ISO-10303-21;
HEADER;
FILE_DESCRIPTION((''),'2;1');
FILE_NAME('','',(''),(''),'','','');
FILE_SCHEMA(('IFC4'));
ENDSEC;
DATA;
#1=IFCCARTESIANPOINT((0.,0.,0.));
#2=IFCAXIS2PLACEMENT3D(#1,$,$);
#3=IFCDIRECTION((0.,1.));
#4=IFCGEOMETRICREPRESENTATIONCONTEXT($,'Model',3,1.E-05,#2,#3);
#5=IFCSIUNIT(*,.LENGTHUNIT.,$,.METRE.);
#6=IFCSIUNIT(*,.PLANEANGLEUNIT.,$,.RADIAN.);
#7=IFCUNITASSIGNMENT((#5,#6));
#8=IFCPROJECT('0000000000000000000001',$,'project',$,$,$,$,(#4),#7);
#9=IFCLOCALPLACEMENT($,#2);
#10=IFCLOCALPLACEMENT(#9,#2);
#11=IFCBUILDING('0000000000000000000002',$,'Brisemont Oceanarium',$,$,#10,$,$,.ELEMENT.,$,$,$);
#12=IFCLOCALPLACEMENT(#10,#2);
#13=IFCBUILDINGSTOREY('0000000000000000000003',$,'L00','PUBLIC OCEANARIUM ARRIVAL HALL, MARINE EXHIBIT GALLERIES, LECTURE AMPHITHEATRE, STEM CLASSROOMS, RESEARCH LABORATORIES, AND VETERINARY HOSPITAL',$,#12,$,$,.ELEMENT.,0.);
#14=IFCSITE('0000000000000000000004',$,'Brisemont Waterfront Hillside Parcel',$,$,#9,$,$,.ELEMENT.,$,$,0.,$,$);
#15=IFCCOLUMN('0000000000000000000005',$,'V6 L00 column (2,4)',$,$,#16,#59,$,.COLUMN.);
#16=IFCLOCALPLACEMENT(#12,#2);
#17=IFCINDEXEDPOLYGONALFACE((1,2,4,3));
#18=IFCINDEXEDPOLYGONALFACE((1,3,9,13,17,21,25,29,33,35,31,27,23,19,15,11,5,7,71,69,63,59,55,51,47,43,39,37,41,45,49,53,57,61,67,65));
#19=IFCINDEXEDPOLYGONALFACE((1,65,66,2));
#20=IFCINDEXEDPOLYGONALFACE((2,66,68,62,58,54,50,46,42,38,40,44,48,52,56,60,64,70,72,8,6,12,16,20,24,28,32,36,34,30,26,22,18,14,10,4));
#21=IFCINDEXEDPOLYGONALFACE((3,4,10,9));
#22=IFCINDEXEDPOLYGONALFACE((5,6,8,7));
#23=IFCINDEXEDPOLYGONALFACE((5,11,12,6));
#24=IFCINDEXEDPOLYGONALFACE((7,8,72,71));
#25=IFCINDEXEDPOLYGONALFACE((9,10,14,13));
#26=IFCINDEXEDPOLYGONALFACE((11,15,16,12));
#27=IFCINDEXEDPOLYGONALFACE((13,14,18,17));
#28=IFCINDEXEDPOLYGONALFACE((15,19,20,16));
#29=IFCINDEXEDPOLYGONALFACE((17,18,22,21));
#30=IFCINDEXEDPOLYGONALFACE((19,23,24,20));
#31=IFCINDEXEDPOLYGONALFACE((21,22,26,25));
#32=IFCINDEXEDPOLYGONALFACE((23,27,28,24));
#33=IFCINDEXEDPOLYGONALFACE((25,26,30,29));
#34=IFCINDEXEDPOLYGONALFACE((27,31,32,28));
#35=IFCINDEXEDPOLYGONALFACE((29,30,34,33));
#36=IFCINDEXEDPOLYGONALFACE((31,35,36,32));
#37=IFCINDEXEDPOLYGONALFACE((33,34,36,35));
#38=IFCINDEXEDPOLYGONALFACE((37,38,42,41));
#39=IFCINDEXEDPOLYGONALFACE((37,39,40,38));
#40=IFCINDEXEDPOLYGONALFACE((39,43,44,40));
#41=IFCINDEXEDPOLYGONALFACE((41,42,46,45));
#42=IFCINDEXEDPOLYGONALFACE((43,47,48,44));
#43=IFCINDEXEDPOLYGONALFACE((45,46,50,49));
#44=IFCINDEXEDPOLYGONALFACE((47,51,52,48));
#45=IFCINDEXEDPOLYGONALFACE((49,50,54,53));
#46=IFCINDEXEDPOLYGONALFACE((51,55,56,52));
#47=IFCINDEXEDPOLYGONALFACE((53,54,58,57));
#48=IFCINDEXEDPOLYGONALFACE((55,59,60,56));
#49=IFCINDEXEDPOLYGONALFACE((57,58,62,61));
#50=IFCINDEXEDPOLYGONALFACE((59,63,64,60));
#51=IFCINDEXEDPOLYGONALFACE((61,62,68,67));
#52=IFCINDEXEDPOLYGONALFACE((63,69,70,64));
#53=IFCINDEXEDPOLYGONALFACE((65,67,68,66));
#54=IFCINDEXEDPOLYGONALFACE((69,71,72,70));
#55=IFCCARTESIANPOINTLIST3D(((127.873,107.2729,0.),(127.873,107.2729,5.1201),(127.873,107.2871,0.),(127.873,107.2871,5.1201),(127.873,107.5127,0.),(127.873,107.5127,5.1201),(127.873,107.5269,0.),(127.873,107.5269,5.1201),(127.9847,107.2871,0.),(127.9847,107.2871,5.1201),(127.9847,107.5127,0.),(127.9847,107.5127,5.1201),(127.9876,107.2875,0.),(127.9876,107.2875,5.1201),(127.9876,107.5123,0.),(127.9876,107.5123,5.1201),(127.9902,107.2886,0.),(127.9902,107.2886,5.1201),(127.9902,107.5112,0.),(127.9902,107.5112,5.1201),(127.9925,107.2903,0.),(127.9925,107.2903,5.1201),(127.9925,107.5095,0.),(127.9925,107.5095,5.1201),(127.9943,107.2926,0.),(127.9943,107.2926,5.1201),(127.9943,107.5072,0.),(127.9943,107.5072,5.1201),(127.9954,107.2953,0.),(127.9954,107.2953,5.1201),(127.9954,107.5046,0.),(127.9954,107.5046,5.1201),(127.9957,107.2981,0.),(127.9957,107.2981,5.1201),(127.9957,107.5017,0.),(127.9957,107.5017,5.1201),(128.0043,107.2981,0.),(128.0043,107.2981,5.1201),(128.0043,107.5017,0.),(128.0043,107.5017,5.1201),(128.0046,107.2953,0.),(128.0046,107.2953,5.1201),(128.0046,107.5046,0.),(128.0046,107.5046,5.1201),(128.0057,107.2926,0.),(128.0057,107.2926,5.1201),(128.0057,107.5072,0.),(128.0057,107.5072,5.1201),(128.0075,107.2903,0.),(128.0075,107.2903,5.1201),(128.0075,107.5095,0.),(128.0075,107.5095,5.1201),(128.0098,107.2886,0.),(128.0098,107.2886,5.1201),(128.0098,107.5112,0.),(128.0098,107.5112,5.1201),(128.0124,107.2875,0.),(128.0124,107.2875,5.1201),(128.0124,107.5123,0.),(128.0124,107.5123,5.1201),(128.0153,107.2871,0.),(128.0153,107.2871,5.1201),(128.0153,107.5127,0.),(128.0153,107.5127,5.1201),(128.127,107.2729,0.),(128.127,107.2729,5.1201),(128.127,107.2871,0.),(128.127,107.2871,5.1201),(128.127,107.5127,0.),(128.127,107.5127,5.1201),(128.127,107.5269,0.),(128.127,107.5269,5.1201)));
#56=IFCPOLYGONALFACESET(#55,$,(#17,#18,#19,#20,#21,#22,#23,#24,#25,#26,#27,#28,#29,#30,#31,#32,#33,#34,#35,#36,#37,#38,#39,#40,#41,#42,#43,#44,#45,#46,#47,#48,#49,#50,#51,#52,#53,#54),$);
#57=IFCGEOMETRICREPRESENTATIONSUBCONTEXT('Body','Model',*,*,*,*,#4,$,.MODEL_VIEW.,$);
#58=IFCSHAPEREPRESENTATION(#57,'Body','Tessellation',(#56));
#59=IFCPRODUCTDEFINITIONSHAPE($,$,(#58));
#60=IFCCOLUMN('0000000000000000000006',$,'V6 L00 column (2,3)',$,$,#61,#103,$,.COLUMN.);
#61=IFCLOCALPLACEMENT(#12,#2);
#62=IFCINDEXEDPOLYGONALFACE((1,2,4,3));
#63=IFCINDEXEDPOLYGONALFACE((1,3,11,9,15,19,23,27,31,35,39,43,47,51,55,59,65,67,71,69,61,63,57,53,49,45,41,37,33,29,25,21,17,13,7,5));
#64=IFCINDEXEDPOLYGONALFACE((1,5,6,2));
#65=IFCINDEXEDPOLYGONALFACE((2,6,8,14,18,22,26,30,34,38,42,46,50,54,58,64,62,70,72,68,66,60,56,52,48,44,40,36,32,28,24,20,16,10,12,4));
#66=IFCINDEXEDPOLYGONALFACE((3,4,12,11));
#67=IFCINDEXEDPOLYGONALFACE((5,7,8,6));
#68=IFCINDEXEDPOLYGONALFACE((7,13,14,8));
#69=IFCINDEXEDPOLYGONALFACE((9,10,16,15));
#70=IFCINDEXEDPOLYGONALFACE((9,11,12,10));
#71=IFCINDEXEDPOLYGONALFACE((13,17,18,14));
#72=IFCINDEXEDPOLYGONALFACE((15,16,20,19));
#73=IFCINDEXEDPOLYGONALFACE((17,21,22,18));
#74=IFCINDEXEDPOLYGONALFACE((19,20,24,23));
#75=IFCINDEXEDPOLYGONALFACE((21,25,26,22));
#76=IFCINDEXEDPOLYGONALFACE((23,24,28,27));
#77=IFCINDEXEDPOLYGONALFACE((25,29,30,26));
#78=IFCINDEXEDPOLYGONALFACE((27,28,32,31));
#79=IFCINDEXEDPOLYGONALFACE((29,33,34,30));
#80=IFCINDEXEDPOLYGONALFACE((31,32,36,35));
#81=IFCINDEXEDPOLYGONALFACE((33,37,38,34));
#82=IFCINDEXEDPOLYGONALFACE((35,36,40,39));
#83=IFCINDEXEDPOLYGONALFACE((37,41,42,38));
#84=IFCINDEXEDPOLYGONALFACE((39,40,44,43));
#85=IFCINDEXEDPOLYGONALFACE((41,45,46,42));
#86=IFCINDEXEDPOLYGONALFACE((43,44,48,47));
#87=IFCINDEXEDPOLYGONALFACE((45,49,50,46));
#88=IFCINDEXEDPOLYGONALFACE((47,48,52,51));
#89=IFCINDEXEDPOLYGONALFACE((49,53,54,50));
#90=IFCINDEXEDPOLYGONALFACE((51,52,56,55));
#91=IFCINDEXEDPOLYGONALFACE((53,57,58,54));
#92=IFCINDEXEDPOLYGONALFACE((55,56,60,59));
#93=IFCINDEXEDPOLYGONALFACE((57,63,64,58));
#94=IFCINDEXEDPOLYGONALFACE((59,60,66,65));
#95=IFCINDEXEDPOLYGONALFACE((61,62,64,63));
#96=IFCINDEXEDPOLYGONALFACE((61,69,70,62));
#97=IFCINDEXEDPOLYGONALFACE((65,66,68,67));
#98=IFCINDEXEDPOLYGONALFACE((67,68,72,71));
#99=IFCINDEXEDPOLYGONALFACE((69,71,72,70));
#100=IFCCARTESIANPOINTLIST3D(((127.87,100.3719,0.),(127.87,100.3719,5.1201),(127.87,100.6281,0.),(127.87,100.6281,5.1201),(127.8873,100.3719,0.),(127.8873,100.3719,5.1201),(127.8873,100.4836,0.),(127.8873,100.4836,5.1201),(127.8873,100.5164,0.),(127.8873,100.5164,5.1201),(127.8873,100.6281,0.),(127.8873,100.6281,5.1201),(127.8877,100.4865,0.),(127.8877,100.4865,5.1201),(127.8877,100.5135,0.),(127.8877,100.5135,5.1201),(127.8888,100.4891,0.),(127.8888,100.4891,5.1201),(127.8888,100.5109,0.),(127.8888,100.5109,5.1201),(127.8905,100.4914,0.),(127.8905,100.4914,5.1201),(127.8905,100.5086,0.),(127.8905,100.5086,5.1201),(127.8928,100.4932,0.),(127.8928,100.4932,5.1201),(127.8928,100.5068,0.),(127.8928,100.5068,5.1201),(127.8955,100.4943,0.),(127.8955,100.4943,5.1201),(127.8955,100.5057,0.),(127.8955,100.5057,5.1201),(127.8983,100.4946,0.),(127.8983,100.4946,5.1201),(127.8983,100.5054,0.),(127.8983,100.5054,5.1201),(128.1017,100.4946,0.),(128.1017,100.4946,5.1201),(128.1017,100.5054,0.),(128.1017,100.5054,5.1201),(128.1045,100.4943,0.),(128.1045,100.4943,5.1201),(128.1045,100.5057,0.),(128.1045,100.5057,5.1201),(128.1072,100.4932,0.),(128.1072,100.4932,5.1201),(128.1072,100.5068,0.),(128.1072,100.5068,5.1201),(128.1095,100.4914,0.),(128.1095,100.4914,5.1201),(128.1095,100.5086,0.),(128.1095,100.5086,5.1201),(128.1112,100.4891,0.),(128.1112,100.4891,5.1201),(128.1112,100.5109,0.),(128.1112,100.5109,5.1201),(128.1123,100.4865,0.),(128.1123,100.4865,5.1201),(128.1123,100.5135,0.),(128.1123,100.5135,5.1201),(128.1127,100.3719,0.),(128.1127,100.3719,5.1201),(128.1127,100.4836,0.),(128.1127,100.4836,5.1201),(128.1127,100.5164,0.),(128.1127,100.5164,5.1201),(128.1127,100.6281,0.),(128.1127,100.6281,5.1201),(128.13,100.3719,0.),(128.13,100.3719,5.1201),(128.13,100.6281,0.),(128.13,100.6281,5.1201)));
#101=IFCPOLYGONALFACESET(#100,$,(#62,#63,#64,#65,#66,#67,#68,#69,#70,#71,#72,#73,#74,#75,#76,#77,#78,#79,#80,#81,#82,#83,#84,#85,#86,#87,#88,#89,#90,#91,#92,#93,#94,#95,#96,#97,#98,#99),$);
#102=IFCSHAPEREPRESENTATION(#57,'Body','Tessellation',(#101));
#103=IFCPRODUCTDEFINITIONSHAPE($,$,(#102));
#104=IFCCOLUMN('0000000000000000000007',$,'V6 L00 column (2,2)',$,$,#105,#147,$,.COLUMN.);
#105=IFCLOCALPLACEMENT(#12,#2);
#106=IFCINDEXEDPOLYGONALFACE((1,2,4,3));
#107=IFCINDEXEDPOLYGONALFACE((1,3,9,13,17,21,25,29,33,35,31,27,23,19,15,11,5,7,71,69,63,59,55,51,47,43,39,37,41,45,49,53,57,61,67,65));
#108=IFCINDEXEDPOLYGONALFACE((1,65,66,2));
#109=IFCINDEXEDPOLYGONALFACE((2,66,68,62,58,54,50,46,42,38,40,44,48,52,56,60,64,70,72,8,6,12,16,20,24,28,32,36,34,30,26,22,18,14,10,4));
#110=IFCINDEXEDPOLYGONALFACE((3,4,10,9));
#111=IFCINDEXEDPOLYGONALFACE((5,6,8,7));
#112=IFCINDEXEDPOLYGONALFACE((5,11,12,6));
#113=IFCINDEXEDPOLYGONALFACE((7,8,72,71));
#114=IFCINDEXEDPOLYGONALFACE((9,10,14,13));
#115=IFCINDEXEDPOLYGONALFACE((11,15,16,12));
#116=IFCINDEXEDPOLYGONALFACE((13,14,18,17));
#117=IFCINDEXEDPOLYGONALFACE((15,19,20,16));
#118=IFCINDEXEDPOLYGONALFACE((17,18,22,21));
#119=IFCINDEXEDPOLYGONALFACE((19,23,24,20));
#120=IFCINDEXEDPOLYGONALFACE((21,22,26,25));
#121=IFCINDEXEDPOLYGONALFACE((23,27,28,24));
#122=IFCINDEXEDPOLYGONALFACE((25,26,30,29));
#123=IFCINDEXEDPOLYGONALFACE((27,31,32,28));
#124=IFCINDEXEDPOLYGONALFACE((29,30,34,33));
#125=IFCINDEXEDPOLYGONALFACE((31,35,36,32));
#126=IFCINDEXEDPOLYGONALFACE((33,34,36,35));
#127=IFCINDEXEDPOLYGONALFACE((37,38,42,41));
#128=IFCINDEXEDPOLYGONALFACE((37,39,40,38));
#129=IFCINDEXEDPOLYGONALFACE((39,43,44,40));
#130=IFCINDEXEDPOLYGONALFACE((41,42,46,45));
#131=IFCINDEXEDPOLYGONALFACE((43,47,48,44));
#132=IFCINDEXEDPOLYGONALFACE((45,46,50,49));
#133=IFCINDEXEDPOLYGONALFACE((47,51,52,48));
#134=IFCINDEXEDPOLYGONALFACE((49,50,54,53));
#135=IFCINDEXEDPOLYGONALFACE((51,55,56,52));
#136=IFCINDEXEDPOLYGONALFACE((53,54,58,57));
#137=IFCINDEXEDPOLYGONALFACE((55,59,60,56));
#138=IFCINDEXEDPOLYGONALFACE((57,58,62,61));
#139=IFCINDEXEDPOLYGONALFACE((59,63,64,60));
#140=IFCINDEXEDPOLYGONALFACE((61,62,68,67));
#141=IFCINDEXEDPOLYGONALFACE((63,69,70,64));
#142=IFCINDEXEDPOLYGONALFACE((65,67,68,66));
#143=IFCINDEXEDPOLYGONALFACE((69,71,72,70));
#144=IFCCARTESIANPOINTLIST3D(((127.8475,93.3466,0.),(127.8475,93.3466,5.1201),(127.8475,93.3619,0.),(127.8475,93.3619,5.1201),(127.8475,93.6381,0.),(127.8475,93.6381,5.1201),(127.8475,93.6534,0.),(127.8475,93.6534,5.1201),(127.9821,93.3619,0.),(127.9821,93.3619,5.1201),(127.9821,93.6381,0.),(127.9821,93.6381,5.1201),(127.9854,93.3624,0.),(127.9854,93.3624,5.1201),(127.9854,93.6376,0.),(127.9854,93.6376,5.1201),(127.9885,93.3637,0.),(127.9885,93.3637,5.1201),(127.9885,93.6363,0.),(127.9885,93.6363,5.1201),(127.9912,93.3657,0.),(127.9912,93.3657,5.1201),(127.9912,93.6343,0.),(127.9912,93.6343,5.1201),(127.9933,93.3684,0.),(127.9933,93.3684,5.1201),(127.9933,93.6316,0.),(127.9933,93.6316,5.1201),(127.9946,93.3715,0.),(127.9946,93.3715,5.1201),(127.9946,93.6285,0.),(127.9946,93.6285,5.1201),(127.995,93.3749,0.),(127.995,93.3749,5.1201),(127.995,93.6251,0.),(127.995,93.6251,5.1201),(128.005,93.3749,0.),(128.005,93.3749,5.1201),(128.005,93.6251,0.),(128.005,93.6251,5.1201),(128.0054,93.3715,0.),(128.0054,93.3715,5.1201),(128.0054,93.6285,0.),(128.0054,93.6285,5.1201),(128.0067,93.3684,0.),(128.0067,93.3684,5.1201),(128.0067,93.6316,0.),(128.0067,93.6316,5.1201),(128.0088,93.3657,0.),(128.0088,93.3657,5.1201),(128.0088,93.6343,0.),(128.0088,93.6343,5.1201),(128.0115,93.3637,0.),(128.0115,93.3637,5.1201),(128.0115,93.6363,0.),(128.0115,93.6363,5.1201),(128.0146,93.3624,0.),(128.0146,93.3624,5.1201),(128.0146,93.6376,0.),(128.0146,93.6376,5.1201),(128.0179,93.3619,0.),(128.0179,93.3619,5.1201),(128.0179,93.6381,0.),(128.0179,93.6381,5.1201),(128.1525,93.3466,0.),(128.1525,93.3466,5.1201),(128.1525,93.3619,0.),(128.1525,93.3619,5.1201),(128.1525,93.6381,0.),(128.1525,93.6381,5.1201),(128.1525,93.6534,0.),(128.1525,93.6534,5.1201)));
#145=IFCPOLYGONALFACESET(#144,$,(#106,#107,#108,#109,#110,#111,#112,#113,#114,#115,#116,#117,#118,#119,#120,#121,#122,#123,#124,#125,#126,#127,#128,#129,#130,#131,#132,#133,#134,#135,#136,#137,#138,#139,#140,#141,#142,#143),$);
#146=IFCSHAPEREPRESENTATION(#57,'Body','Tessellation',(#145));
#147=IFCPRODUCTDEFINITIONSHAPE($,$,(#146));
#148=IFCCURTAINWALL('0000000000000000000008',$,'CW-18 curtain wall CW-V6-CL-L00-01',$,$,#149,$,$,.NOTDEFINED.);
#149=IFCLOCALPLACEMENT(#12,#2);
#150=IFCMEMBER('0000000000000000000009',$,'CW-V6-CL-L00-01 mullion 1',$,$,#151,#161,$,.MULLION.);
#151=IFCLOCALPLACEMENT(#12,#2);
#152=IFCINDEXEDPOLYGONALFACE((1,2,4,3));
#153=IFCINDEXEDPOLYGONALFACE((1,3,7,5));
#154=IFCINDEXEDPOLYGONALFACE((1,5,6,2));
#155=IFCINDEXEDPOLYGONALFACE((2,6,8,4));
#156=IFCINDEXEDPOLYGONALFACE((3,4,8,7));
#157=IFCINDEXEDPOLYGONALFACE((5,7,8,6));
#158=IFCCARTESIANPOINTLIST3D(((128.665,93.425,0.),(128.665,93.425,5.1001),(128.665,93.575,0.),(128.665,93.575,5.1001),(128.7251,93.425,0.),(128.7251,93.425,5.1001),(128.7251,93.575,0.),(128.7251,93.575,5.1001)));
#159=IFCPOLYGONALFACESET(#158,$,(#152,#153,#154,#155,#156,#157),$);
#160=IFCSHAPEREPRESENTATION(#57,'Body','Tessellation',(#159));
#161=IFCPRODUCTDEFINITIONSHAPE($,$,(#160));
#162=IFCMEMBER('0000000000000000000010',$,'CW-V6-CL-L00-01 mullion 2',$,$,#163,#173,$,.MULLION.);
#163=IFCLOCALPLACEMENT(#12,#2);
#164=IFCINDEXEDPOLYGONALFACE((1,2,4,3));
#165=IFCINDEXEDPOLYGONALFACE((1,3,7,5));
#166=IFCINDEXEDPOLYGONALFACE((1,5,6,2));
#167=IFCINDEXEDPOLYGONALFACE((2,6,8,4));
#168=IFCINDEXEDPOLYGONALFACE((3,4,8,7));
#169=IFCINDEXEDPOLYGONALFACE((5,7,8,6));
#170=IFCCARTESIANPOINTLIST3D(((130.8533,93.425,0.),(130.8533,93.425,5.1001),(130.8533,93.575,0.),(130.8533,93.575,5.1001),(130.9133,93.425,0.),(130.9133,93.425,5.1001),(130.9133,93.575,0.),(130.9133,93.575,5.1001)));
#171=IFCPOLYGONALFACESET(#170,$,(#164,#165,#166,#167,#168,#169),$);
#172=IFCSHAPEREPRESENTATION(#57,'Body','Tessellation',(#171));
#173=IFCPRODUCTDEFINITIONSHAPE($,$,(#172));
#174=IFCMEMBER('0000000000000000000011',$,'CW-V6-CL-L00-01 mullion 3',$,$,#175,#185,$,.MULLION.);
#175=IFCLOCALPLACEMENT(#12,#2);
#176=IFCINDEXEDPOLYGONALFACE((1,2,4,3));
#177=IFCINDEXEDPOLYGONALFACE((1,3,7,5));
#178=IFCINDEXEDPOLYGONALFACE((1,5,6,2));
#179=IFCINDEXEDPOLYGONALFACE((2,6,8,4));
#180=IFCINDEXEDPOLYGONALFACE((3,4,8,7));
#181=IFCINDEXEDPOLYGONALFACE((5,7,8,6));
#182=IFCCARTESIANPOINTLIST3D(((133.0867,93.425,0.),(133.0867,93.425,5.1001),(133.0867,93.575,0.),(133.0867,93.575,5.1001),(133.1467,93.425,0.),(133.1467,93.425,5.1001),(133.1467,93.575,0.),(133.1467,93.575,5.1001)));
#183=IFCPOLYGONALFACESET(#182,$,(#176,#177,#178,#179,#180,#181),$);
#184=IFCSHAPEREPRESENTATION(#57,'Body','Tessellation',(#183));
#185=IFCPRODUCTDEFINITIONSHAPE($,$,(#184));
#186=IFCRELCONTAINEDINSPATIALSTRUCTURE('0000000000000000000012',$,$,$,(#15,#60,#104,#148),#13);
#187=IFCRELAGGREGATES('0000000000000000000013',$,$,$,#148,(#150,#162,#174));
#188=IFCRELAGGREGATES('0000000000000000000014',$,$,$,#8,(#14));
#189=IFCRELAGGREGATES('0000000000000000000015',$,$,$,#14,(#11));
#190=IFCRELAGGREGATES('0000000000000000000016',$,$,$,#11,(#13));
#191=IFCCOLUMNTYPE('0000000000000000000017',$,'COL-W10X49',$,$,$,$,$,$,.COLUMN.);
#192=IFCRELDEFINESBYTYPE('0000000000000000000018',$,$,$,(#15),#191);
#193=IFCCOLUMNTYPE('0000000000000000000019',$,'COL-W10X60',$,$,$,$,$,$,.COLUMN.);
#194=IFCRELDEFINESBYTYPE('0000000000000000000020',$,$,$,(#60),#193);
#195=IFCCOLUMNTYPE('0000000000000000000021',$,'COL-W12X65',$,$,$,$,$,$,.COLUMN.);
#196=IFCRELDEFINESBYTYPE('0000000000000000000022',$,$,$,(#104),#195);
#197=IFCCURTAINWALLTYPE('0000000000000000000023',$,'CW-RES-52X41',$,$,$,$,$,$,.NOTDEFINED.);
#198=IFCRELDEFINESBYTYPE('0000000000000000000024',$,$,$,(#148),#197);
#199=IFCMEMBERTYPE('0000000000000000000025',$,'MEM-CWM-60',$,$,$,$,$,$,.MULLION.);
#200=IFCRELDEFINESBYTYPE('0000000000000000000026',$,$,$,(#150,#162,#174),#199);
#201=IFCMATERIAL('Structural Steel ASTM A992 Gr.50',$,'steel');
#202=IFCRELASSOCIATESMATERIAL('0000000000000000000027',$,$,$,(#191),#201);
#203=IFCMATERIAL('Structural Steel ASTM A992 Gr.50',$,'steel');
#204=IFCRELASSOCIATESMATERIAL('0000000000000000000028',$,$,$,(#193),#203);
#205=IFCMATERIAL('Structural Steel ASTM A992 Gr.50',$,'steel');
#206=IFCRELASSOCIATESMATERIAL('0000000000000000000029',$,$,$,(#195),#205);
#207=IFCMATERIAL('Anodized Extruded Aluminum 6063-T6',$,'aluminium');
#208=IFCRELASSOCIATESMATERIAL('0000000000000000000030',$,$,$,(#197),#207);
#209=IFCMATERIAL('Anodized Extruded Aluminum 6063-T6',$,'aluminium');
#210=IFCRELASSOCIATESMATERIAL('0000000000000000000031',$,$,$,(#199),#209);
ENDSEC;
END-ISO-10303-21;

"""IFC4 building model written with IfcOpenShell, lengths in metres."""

from ifc_helpers import new_model, si_unit, direction, frame, origin, origin_2d, place, context, subcontext, project, spatial, rectangle, i_section, extrude, material, material_profile, profile_set, type_object, element, aggregate, save


model = new_model("IFC4")

# Units and contexts
model_context = context("Model", 3, precision=1e-05, world=origin(), true_north=direction((0.0, 1.0)))
body_context = subcontext(model_context, "Body", "Model", "MODEL_VIEW")
ifc_project = project(units=[si_unit("LENGTHUNIT", "METRE"), si_unit("PLANEANGLEUNIT", "RADIAN")], contexts=[model_context])

# Site, building, storey
site_placement = place(None, origin())
site = spatial("IfcSite", under=ifc_project, at=site_placement, Name="Brisemont Waterfront Hillside Parcel", CompositionType="ELEMENT", RefElevation=0.0)
building_placement = place(site_placement, origin())
building = spatial("IfcBuilding", under=site, at=building_placement, Name="Brisemont Oceanarium", CompositionType="ELEMENT")
storey_placement = place(building_placement, origin())
storey = spatial("IfcBuildingStorey", under=building, at=storey_placement, Name="L00", Description="PUBLIC OCEANARIUM ARRIVAL HALL, MARINE EXHIBIT GALLERIES, LECTURE AMPHITHEATRE, STEM CLASSROOMS, RESEARCH LABORATORIES, AND VETERINARY HOSPITAL", CompositionType="ELEMENT", Elevation=0.0)

# Columns
ifc_material_1 = material(Name="Structural Steel ASTM A992 Gr.50", Category="steel")
ifc_material_profile_1 = material_profile(ifc_material_1, i_section(OverallWidth=0.2539, OverallDepth=0.2539, WebThickness=0.0085, FlangeThickness=0.0142, FilletRadius=0.011, at=origin_2d()), Name="W10X49")
ifc_profile_set_1 = profile_set([ifc_material_profile_1], Name="Structural Steel ASTM A992 Gr.50")
column_type_1 = type_object("IfcColumnType", Name="COL-W10X49", PredefinedType="COLUMN", material=ifc_profile_set_1)
column_1_placement = place(storey_placement, frame((128.0, 107.3999, 0.0), z_axis=(0.0, 0.0, 1.0), x_axis=(1.0, 0.0, 0.0)))
element("IfcColumn", 1, at=column_1_placement, inside=storey, type_object=column_type_1, Name="V6 L00 column (2,4)", PredefinedType="COLUMN", context=body_context, shape_type="SweptSolid", body=[
    extrude(i_section(OverallWidth=0.2539, OverallDepth=0.2539, WebThickness=0.0085, FlangeThickness=0.0142, FilletRadius=0.011, at=origin_2d()), origin(), (0.0, 0.0, 1.0), 5.1201),
])
ifc_material_2 = material(Name="Structural Steel ASTM A992 Gr.50", Category="steel")
ifc_material_profile_2 = material_profile(ifc_material_2, i_section(OverallWidth=0.2561, OverallDepth=0.26, WebThickness=0.0107, FlangeThickness=0.0173, FilletRadius=0.011, at=origin_2d()), Name="W10X60")
ifc_profile_set_2 = profile_set([ifc_material_profile_2], Name="Structural Steel ASTM A992 Gr.50")
column_type_2 = type_object("IfcColumnType", Name="COL-W10X60", PredefinedType="COLUMN", material=ifc_profile_set_2)
column_2_placement = place(storey_placement, frame((128.0, 100.5, 0.0), z_axis=(0.0, 0.0, 1.0), x_axis=(0.0, 1.0, 0.0)))
element("IfcColumn", 2, at=column_2_placement, inside=storey, type_object=column_type_2, Name="V6 L00 column (2,3)", PredefinedType="COLUMN", context=body_context, shape_type="SweptSolid", body=[
    extrude(i_section(OverallWidth=0.2561, OverallDepth=0.26, WebThickness=0.0107, FlangeThickness=0.0173, FilletRadius=0.011, at=origin_2d()), origin(), (0.0, 0.0, 1.0), 5.1201),
])
ifc_material_3 = material(Name="Structural Steel ASTM A992 Gr.50", Category="steel")
ifc_material_profile_3 = material_profile(ifc_material_3, i_section(OverallWidth=0.3049, OverallDepth=0.3069, WebThickness=0.01, FlangeThickness=0.0154, FilletRadius=0.0129, at=origin_2d()), Name="W12X65")
ifc_profile_set_3 = profile_set([ifc_material_profile_3], Name="Structural Steel ASTM A992 Gr.50")
column_type_3 = type_object("IfcColumnType", Name="COL-W12X65", PredefinedType="COLUMN", material=ifc_profile_set_3)
column_3_placement = place(storey_placement, frame((128.0, 93.5, 0.0), z_axis=(0.0, 0.0, 1.0), x_axis=(1.0, 0.0, 0.0)))
element("IfcColumn", 3, at=column_3_placement, inside=storey, type_object=column_type_3, Name="V6 L00 column (2,2)", PredefinedType="COLUMN", context=body_context, shape_type="SweptSolid", body=[
    extrude(i_section(OverallWidth=0.3049, OverallDepth=0.3069, WebThickness=0.01, FlangeThickness=0.0154, FilletRadius=0.0129, at=origin_2d()), origin(), (0.0, 0.0, 1.0), 5.1201),
])

# Curtain wall, members
ifc_material_4 = material(Name="Anodized Extruded Aluminum 6063-T6", Category="aluminium")
curtain_wall_type = type_object("IfcCurtainWallType", Name="CW-RES-52X41", PredefinedType="NOTDEFINED", material=ifc_material_4)
curtain_wall_1_placement = place(storey_placement, origin())
curtain_wall_1 = element("IfcCurtainWall", 4, at=curtain_wall_1_placement, inside=storey, type_object=curtain_wall_type, Name="CW-18 curtain wall CW-V6-CL-L00-01", PredefinedType="NOTDEFINED")
ifc_material_5 = material(Name="Anodized Extruded Aluminum 6063-T6", Category="aluminium")
ifc_material_profile_4 = material_profile(ifc_material_5, rectangle(XDim=0.0601, YDim=0.1499, at=origin_2d()), Name="CWM-60X150")
ifc_profile_set_4 = profile_set([ifc_material_profile_4], Name="Anodized Extruded Aluminum 6063-T6")
member_type_1 = type_object("IfcMemberType", Name="MEM-CWM-60", PredefinedType="MULLION", material=ifc_profile_set_4)
member_1_placement = place(storey_placement, frame((128.6951, 93.5, 0.0), z_axis=(0.0, 0.0, 1.0), x_axis=(1.0, 0.0, 0.0)))
member_1 = element("IfcMember", 5, at=member_1_placement, type_object=member_type_1, Name="CW-V6-CL-L00-01 mullion 1", PredefinedType="MULLION", context=body_context, shape_type="SweptSolid", body=[
    extrude(rectangle(XDim=0.0601, YDim=0.1499, at=origin_2d()), origin(), (0.0, 0.0, 1.0), 5.1001),
])
member_2_placement = place(storey_placement, frame((130.8833, 93.5, 0.0), z_axis=(0.0, 0.0, 1.0), x_axis=(1.0, 0.0, 0.0)))
member_2 = element("IfcMember", 6, at=member_2_placement, type_object=member_type_1, Name="CW-V6-CL-L00-01 mullion 2", PredefinedType="MULLION", context=body_context, shape_type="SweptSolid", body=[
    extrude(rectangle(XDim=0.0601, YDim=0.1499, at=origin_2d()), origin(), (0.0, 0.0, 1.0), 5.1001),
])
member_3_placement = place(storey_placement, frame((133.1167, 93.5, 0.0), z_axis=(0.0, 0.0, 1.0), x_axis=(1.0, 0.0, 0.0)))
member_3 = element("IfcMember", 7, at=member_3_placement, type_object=member_type_1, Name="CW-V6-CL-L00-01 mullion 3", PredefinedType="MULLION", context=body_context, shape_type="SweptSolid", body=[
    extrude(rectangle(XDim=0.0601, YDim=0.1499, at=origin_2d()), origin(), (0.0, 0.0, 1.0), 5.1001),
])

aggregate(curtain_wall_1, [member_1, member_2, member_3])

save(model, "model.ifc")
